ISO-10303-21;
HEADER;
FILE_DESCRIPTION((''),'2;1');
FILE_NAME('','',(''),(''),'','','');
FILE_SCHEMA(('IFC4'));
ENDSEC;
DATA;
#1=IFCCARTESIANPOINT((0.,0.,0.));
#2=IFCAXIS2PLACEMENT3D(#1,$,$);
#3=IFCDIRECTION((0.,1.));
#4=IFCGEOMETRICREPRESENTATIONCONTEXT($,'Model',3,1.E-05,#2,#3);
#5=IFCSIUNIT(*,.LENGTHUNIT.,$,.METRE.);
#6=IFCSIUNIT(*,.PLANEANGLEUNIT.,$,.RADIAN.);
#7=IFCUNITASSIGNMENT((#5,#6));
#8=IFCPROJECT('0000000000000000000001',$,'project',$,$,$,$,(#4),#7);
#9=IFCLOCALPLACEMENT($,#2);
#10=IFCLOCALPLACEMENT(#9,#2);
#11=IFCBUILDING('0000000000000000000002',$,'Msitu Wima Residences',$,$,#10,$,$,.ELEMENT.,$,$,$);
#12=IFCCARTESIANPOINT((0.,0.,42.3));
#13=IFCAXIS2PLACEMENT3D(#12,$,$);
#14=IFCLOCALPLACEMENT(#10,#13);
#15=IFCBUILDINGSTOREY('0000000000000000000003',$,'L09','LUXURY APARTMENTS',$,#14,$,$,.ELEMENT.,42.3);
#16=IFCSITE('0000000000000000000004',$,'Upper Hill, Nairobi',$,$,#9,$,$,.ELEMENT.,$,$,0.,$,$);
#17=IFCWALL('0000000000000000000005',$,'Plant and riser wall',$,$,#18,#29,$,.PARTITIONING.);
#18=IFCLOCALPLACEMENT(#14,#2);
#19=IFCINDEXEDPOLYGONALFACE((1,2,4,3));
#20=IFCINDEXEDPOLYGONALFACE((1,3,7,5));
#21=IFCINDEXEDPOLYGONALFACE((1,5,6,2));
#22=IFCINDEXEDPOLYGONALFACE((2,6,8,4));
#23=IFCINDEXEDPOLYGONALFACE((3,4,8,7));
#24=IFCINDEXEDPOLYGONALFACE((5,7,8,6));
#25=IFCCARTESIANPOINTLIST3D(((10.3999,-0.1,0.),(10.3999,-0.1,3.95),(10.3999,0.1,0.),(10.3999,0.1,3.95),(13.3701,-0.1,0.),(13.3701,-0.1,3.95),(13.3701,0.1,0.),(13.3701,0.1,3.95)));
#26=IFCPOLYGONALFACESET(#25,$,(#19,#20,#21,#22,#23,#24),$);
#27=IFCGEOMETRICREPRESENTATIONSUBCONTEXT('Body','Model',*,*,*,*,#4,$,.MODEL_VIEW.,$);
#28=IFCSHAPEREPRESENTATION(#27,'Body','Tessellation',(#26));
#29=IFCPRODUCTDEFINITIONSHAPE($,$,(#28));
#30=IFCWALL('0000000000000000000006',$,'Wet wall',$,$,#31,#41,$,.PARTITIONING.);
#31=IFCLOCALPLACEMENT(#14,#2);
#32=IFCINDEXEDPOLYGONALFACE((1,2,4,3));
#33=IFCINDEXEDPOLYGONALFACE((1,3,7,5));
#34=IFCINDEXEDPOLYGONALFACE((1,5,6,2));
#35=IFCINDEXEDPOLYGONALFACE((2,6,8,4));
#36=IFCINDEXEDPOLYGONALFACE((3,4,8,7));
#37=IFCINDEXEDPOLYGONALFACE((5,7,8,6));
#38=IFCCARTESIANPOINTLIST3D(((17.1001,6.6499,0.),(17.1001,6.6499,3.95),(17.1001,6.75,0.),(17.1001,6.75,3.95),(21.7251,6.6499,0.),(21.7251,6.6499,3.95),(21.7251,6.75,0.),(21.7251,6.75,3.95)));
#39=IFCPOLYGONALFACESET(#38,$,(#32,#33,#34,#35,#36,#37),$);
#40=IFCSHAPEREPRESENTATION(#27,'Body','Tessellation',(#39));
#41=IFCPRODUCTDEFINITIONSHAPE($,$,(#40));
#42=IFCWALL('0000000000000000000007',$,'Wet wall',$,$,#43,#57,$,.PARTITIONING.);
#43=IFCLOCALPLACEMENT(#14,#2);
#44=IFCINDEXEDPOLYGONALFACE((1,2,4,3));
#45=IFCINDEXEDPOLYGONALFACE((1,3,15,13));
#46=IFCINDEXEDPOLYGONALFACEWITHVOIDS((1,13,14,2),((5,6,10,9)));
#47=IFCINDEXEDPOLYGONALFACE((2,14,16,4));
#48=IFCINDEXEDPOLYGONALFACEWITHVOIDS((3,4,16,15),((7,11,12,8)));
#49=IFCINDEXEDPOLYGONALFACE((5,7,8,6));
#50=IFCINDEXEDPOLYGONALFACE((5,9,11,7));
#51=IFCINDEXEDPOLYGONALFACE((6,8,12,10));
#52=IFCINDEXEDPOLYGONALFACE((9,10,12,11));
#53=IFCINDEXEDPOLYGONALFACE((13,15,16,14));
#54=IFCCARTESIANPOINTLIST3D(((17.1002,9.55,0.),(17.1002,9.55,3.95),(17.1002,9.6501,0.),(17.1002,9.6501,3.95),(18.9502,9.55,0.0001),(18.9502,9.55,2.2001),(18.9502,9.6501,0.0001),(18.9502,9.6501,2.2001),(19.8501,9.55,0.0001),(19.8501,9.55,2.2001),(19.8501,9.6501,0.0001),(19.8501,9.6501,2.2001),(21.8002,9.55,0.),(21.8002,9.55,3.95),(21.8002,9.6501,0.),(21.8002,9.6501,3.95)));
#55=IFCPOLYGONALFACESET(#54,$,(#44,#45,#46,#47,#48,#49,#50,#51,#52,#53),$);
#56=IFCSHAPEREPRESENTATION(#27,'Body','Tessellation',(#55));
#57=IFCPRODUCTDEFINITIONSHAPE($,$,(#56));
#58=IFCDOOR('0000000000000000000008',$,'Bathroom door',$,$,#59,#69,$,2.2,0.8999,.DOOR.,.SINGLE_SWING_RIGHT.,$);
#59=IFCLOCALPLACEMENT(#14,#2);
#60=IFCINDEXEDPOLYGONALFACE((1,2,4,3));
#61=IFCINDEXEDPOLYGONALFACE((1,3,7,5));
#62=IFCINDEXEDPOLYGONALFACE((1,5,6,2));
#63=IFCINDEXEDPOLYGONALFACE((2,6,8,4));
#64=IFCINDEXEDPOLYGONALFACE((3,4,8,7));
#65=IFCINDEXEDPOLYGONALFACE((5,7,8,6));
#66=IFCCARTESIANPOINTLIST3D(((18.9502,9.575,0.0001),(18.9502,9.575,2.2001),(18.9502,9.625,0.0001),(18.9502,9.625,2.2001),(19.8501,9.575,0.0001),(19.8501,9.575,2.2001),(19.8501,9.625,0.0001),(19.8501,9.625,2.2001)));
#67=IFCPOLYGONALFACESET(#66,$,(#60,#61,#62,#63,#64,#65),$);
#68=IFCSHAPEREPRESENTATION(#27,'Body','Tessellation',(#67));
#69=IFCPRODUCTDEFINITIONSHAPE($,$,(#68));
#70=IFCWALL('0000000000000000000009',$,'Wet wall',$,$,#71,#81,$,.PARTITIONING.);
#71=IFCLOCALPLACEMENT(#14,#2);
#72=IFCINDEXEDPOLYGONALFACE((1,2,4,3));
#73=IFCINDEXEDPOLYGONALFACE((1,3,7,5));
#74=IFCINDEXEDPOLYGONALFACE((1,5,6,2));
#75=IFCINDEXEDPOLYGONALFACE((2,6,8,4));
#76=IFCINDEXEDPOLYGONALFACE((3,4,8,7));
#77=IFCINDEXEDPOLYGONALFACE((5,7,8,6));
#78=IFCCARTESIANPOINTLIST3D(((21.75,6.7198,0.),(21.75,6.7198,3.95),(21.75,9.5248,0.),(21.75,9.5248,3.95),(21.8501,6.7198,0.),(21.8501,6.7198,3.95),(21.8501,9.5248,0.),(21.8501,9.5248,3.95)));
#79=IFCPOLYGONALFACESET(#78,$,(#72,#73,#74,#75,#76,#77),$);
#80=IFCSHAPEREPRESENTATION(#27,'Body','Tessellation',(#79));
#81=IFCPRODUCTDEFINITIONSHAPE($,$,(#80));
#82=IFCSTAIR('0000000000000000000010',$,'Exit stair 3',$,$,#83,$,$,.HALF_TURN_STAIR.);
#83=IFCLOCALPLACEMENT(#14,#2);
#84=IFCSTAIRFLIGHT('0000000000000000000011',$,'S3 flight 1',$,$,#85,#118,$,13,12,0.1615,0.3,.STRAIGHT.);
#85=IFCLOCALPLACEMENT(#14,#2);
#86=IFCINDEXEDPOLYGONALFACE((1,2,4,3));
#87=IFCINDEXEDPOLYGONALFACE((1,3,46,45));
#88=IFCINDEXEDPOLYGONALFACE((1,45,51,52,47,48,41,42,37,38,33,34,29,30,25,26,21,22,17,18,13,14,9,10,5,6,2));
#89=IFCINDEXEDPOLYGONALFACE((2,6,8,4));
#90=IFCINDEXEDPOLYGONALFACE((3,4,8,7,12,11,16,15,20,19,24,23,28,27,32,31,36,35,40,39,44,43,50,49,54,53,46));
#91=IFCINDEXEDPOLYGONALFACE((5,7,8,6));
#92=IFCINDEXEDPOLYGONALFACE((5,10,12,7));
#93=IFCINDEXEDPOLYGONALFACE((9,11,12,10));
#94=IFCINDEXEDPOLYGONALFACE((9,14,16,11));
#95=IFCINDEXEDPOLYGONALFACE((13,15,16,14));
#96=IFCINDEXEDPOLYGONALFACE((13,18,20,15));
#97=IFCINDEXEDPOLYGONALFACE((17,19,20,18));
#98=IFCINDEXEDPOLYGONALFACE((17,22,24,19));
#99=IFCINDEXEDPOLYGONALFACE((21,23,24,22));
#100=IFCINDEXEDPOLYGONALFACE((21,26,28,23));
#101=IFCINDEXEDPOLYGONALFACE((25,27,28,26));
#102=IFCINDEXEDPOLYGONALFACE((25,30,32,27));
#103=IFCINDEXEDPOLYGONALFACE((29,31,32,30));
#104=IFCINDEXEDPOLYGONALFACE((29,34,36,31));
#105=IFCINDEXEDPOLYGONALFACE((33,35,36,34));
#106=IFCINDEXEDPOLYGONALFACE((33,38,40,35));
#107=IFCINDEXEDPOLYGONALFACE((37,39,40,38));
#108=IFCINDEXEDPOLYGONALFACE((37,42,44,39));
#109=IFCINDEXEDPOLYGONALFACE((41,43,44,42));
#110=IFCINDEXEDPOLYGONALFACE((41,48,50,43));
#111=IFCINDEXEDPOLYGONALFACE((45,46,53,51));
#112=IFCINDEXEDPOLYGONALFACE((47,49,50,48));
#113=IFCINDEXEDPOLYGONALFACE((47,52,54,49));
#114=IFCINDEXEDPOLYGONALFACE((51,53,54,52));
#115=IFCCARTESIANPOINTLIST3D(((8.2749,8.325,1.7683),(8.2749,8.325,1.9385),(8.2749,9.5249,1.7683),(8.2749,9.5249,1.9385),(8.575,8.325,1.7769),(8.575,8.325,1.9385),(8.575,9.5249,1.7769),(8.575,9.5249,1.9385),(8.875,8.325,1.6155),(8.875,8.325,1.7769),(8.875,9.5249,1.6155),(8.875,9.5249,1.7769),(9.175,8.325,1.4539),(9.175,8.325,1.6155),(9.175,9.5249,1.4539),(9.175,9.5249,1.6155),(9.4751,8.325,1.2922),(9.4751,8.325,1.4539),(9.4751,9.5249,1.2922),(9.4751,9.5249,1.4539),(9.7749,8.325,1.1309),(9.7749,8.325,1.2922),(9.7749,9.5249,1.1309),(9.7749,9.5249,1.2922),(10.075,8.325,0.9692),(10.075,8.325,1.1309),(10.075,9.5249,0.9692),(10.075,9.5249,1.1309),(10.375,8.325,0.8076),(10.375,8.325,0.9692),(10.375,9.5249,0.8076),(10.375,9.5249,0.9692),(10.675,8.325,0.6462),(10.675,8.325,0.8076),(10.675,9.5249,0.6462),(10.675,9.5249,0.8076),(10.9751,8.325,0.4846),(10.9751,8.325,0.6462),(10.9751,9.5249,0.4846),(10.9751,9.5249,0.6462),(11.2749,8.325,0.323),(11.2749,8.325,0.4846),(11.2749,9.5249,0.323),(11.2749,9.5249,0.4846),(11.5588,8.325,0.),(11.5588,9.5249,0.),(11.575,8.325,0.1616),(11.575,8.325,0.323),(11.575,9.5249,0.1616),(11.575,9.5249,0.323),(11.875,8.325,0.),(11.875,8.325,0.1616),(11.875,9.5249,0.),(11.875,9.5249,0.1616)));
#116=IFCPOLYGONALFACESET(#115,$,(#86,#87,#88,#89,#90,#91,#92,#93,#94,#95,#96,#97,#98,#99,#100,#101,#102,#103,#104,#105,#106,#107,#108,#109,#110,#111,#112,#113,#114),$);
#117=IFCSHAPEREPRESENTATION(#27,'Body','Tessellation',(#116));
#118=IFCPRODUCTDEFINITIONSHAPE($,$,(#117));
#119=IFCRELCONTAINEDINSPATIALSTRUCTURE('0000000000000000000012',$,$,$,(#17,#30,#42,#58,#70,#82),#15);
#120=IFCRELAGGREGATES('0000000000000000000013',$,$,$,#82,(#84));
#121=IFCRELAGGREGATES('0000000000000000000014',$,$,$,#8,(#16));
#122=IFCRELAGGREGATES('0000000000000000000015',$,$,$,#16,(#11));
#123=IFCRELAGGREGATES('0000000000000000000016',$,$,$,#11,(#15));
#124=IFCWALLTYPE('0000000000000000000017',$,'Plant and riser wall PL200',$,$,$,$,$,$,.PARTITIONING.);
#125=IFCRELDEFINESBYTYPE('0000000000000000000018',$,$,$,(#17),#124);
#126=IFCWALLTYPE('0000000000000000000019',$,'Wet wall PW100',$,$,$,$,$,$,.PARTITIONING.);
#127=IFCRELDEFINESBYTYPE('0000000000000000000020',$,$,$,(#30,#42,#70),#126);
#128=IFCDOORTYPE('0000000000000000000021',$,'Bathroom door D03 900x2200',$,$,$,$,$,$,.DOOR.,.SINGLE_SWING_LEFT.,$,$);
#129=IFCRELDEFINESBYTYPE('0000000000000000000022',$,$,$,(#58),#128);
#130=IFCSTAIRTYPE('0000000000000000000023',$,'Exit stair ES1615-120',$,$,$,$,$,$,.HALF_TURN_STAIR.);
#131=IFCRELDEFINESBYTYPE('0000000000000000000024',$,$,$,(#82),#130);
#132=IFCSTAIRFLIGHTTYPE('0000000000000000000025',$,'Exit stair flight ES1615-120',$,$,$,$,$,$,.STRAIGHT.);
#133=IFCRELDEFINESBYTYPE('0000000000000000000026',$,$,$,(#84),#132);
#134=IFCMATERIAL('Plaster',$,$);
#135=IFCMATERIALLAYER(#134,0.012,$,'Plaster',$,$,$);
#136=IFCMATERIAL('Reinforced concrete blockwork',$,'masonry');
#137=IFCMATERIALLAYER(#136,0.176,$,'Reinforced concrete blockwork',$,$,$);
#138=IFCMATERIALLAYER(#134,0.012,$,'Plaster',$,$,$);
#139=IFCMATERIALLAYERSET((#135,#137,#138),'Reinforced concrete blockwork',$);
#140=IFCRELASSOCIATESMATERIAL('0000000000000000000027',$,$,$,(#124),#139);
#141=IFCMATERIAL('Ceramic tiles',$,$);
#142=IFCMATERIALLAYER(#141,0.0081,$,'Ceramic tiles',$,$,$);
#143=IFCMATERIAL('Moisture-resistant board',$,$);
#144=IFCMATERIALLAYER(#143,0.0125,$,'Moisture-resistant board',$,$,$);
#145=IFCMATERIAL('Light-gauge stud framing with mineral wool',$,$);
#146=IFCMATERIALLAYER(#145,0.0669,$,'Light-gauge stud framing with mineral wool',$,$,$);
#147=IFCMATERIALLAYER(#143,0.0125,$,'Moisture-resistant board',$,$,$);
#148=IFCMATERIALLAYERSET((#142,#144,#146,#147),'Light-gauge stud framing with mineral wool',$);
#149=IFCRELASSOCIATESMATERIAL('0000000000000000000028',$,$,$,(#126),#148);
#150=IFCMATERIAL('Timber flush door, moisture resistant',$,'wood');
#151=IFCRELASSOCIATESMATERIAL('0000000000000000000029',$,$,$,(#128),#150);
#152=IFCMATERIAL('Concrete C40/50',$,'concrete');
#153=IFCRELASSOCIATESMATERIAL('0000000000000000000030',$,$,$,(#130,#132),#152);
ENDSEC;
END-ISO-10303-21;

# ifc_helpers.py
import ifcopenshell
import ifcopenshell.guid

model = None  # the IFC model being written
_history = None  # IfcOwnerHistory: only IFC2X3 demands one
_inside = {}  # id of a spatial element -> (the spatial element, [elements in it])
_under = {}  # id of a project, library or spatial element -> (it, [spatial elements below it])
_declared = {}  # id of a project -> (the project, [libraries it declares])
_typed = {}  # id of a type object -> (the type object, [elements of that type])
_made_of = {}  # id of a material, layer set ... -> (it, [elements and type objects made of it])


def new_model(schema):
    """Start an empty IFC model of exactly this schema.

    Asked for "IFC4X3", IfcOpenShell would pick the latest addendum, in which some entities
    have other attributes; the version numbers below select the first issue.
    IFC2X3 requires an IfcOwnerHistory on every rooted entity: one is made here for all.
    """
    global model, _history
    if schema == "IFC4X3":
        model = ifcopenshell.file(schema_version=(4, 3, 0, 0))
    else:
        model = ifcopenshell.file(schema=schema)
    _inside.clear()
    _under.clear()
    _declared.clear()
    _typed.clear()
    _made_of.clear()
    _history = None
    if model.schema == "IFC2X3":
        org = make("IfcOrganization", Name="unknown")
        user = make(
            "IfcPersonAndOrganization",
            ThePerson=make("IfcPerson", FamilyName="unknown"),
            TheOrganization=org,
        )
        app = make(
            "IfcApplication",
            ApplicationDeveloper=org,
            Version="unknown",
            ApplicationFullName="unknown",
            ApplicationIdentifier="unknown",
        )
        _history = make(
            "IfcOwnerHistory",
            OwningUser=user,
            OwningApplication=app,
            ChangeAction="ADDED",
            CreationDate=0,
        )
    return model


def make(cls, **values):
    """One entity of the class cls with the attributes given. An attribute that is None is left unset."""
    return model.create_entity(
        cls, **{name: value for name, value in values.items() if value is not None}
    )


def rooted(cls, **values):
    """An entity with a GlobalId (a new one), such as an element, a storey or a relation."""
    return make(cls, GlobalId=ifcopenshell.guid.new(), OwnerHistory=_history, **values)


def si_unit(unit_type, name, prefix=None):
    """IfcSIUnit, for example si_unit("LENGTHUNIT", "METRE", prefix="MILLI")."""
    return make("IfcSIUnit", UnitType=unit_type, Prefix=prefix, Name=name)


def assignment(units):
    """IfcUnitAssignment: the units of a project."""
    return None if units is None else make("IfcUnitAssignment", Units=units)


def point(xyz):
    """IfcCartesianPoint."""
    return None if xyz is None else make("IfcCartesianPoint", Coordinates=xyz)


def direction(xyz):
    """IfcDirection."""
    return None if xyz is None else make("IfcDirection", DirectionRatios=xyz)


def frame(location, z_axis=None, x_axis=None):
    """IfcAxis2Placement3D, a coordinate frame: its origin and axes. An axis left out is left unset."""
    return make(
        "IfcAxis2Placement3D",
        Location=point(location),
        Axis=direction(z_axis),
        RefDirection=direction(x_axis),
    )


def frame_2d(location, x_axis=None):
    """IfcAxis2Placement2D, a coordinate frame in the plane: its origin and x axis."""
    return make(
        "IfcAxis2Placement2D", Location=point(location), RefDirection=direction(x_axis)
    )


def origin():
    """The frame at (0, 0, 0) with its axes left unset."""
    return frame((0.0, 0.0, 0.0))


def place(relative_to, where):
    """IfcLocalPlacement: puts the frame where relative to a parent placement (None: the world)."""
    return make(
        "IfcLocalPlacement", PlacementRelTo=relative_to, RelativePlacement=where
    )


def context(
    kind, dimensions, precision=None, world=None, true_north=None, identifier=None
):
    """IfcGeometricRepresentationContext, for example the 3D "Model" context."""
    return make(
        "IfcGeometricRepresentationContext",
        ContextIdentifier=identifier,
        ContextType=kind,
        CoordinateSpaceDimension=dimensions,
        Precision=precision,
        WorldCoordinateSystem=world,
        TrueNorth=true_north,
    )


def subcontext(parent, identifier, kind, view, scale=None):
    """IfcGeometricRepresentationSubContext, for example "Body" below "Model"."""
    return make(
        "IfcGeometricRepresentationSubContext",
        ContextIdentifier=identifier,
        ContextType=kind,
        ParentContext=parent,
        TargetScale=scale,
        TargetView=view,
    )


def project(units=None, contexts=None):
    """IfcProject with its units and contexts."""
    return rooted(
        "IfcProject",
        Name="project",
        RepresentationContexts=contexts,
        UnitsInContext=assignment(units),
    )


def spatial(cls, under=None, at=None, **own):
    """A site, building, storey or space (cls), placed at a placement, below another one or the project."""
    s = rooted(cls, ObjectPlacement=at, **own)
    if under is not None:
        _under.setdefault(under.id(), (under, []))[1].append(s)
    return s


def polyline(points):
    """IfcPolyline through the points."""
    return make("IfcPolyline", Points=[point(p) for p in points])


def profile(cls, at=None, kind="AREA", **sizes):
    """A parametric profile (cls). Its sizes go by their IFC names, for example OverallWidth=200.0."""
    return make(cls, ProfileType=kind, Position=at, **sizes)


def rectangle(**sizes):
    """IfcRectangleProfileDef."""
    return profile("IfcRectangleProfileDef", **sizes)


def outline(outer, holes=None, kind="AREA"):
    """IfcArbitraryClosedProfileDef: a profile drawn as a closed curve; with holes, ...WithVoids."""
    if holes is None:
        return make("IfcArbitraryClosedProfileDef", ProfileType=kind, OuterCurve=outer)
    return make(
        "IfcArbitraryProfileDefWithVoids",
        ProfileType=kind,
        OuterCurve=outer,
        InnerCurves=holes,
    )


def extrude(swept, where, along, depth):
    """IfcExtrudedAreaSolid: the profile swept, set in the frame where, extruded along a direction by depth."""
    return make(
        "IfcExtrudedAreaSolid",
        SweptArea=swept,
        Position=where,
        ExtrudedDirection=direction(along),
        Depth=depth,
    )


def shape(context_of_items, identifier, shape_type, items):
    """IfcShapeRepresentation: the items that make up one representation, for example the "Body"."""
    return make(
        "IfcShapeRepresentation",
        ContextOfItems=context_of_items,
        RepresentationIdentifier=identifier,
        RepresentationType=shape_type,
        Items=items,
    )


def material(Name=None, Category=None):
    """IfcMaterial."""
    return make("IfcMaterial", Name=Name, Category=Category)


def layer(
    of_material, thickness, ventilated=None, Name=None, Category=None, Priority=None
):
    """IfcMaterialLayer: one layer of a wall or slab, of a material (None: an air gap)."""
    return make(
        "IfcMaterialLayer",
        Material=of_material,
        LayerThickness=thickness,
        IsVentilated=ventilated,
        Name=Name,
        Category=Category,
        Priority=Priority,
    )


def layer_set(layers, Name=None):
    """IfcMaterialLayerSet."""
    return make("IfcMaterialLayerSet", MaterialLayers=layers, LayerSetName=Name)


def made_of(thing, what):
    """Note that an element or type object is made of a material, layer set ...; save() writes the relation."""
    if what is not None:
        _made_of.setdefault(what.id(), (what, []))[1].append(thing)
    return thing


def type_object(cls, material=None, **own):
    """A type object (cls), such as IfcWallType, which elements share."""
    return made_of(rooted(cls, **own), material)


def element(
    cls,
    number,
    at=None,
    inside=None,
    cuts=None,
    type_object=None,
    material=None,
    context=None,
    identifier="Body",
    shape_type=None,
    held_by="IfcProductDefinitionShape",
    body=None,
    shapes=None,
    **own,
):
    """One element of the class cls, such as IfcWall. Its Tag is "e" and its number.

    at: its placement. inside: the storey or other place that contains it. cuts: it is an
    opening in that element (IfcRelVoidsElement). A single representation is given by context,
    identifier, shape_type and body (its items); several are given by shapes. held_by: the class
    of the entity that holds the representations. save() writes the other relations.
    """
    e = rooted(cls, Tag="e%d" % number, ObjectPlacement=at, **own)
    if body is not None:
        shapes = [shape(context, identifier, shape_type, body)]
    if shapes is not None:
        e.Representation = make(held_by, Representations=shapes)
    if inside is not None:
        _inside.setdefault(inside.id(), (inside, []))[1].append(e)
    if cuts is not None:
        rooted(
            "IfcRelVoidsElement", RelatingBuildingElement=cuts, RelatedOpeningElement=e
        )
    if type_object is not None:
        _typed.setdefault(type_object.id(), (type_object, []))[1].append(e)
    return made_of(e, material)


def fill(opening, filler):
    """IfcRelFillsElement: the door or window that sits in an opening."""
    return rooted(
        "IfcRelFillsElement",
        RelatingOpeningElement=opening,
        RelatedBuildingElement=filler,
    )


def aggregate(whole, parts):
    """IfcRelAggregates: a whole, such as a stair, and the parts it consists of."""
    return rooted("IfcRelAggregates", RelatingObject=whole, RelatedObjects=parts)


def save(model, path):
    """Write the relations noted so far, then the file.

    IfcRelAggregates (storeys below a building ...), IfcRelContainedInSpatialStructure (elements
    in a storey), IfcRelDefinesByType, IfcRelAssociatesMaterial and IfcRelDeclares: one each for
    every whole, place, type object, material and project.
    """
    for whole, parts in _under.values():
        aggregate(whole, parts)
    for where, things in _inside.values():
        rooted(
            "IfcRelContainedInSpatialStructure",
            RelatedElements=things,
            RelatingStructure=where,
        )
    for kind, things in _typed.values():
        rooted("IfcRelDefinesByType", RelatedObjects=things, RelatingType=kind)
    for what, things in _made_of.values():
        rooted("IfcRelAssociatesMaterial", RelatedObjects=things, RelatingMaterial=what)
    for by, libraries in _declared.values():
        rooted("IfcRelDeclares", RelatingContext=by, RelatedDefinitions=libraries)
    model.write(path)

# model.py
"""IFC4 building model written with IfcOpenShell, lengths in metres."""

from ifc_helpers import new_model, si_unit, direction, frame, frame_2d, origin, place, context, subcontext, project, spatial, polyline, rectangle, outline, extrude, material, layer, layer_set, type_object, element, fill, aggregate, save


model = new_model("IFC4")

# Units and contexts
model_context = context("Model", 3, precision=1e-05, world=origin(), true_north=direction((0.0, 1.0)))
body_context = subcontext(model_context, "Body", "Model", "MODEL_VIEW")
ifc_project = project(units=[si_unit("LENGTHUNIT", "METRE"), si_unit("PLANEANGLEUNIT", "RADIAN")], contexts=[model_context])

# Site, building, storey
site_placement = place(None, origin())
site = spatial("IfcSite", under=ifc_project, at=site_placement, Name="Upper Hill, Nairobi", CompositionType="ELEMENT", RefElevation=0.0)
building_placement = place(site_placement, origin())
building = spatial("IfcBuilding", under=site, at=building_placement, Name="Msitu Wima Residences", CompositionType="ELEMENT")
storey_placement = place(building_placement, frame((0.0, 0.0, 42.3)))
storey = spatial("IfcBuildingStorey", under=building, at=storey_placement, Name="L09", Description="LUXURY APARTMENTS", CompositionType="ELEMENT", Elevation=42.3)

# Shared definitions
ifc_material_1 = material(Name="Concrete C40/50", Category="concrete")

# Shared definitions
ifc_material_2 = material(Name="Plaster")

# Shared definitions
ifc_layer_1 = layer(ifc_material_2, 0.012, Name="Plaster")
ifc_material_3 = material(Name="Reinforced concrete blockwork", Category="masonry")
ifc_layer_2 = layer(ifc_material_3, 0.176, Name="Reinforced concrete blockwork")
ifc_layer_3 = layer(ifc_material_2, 0.012, Name="Plaster")
ifc_layer_set_1 = layer_set([ifc_layer_1, ifc_layer_2, ifc_layer_3], Name="Reinforced concrete blockwork")
wall_type_1 = type_object("IfcWallType", Name="Plant and riser wall PL200", PredefinedType="PARTITIONING", material=ifc_layer_set_1)

# Walls
wall_1_placement = place(storey_placement, frame((10.3999, 0.0, 0.0), z_axis=(0.0, 0.0, 1.0), x_axis=(1.0, 0.0, 0.0)))
element("IfcWall", 1, at=wall_1_placement, inside=storey, type_object=wall_type_1, Name="Plant and riser wall", PredefinedType="PARTITIONING", context=body_context, shape_type="SweptSolid", body=[
    extrude(rectangle(XDim=2.9702, YDim=0.2, at=frame_2d((1.4851, 0.0))), origin(), (0.0, 0.0, 1.0), 3.95),
])
ifc_material_4 = material(Name="Ceramic tiles")
ifc_layer_4 = layer(ifc_material_4, 0.0081, Name="Ceramic tiles")
ifc_material_5 = material(Name="Moisture-resistant board")
ifc_layer_5 = layer(ifc_material_5, 0.0125, Name="Moisture-resistant board")
ifc_material_6 = material(Name="Light-gauge stud framing with mineral wool")
ifc_layer_6 = layer(ifc_material_6, 0.0669, Name="Light-gauge stud framing with mineral wool")
ifc_layer_7 = layer(ifc_material_5, 0.0125, Name="Moisture-resistant board")
ifc_layer_set_2 = layer_set([ifc_layer_4, ifc_layer_5, ifc_layer_6, ifc_layer_7], Name="Light-gauge stud framing with mineral wool")
wall_type_2 = type_object("IfcWallType", Name="Wet wall PW100", PredefinedType="PARTITIONING", material=ifc_layer_set_2)
wall_2_placement = place(storey_placement, frame((17.1001, 6.7, 0.0), z_axis=(0.0, 0.0, 1.0), x_axis=(1.0, 0.0, 0.0)))
element("IfcWall", 2, at=wall_2_placement, inside=storey, type_object=wall_type_2, Name="Wet wall", PredefinedType="PARTITIONING", context=body_context, shape_type="SweptSolid", body=[
    extrude(rectangle(XDim=4.625, YDim=0.1001, at=frame_2d((2.3125, 0.0))), origin(), (0.0, 0.0, 1.0), 3.95),
])

# Wall, opening, door
wall_3_placement = place(storey_placement, frame((17.1001, 9.6001, 0.0), z_axis=(0.0, 0.0, 1.0), x_axis=(1.0, 0.0, 0.0)))
wall_3 = element("IfcWall", 3, at=wall_3_placement, inside=storey, type_object=wall_type_2, Name="Wet wall", PredefinedType="PARTITIONING", context=body_context, shape_type="SweptSolid", body=[
    extrude(rectangle(XDim=4.7, YDim=0.1001, at=frame_2d((2.3501, 0.0))), origin(), (0.0, 0.0, 1.0), 3.95),
])
opening_1_placement = place(wall_3_placement, frame((1.8501, 0.0, 0.0)))
opening_1 = element("IfcOpeningElement", 4, at=opening_1_placement, cuts=wall_3, PredefinedType="OPENING", context=body_context, shape_type="SweptSolid", body=[
    extrude(rectangle(XDim=0.8999, YDim=2.2, at=frame_2d((0.45, 1.1001))), frame((0.0, 0.0601, 0.0), z_axis=(0.0, -1.0, 0.0), x_axis=(1.0, 0.0, 0.0)), (0.0, 0.0, 1.0), 0.1201),
])
ifc_material_7 = material(Name="Timber flush door, moisture resistant", Category="wood")
door_type_1 = type_object("IfcDoorType", Name="Bathroom door D03 900x2200", OperationType="SINGLE_SWING_LEFT", PredefinedType="DOOR", material=ifc_material_7)
door_1_placement = place(opening_1_placement, origin())
door_1 = element("IfcDoor", 5, at=door_1_placement, inside=storey, type_object=door_type_1, Name="Bathroom door", OperationType="SINGLE_SWING_RIGHT", OverallHeight=2.2, OverallWidth=0.8999, PredefinedType="DOOR", context=body_context, shape_type="SweptSolid", body=[
    extrude(rectangle(XDim=0.8999, YDim=2.2, at=frame_2d((0.45, 1.1001))), frame((0.0, 0.0249, 0.0), z_axis=(0.0, -1.0, 0.0), x_axis=(1.0, 0.0, 0.0)), (0.0, 0.0, 1.0), 0.05),
])
fill(opening_1, door_1)

# Wall
wall_4_placement = place(storey_placement, frame((21.8, 6.72, 0.0), z_axis=(0.0, 0.0, 1.0), x_axis=(0.0, 1.0, 0.0)))
element("IfcWall", 6, at=wall_4_placement, inside=storey, type_object=wall_type_2, Name="Wet wall", PredefinedType="PARTITIONING", context=body_context, shape_type="SweptSolid", body=[
    extrude(rectangle(XDim=2.8049, YDim=0.1001, at=frame_2d((1.4023, 0.0))), origin(), (0.0, 0.0, 1.0), 3.95),
])

# Stair, stair flight
stair_type = type_object("IfcStairType", Name="Exit stair ES1615-120", PredefinedType="HALF_TURN_STAIR", material=ifc_material_1)
stair_placement = place(storey_placement, origin())
stair = element("IfcStair", 7, at=stair_placement, inside=storey, type_object=stair_type, Name="Exit stair 3", PredefinedType="HALF_TURN_STAIR")
stair_flight_type = type_object("IfcStairFlightType", Name="Exit stair flight ES1615-120", PredefinedType="STRAIGHT", material=ifc_material_1)
stair_flight_placement = place(storey_placement, frame((11.875, 8.925, 0.0), z_axis=(0.0, 0.0, 1.0), x_axis=(-1.0, 0.0, 0.0)))
stair_flight = element("IfcStairFlight", 8, at=stair_flight_placement, type_object=stair_flight_type, Name="S3 flight 1", NumberOfRisers=13, NumberOfTreads=12, PredefinedType="STRAIGHT", RiserHeight=0.1615, TreadLength=0.3, context=body_context, shape_type="SweptSolid", body=[
    extrude(outline(polyline([(0.0, 0.0), (0.0, 0.1616), (0.3, 0.1616), (0.3, 0.323), (0.6001, 0.323), (0.6001, 0.4846), (0.8999, 0.4846), (0.8999, 0.6462), (1.2, 0.6462), (1.2, 0.8076), (1.5, 0.8076), (1.5, 0.9692), (1.8, 0.9692), (1.8, 1.1309), (2.1001, 1.1309), (2.1001, 1.2922), (2.3999, 1.2922), (2.3999, 1.4539), (2.7, 1.4539), (2.7, 1.6155), (3.0, 1.6155), (3.0, 1.7769), (3.3, 1.7769), (3.3, 1.9385), (3.6001, 1.9385), (3.6001, 2.1001), (3.6001, 1.7683), (0.3162, 0.0), (0.0, 0.0)])), frame((0.0, 0.6001, 0.0), z_axis=(0.0, -1.0, 0.0), x_axis=(1.0, 0.0, 0.0)), (0.0, 0.0, 1.0), 1.2),
])
aggregate(stair, [stair_flight])

save(model, "model.ifc")
